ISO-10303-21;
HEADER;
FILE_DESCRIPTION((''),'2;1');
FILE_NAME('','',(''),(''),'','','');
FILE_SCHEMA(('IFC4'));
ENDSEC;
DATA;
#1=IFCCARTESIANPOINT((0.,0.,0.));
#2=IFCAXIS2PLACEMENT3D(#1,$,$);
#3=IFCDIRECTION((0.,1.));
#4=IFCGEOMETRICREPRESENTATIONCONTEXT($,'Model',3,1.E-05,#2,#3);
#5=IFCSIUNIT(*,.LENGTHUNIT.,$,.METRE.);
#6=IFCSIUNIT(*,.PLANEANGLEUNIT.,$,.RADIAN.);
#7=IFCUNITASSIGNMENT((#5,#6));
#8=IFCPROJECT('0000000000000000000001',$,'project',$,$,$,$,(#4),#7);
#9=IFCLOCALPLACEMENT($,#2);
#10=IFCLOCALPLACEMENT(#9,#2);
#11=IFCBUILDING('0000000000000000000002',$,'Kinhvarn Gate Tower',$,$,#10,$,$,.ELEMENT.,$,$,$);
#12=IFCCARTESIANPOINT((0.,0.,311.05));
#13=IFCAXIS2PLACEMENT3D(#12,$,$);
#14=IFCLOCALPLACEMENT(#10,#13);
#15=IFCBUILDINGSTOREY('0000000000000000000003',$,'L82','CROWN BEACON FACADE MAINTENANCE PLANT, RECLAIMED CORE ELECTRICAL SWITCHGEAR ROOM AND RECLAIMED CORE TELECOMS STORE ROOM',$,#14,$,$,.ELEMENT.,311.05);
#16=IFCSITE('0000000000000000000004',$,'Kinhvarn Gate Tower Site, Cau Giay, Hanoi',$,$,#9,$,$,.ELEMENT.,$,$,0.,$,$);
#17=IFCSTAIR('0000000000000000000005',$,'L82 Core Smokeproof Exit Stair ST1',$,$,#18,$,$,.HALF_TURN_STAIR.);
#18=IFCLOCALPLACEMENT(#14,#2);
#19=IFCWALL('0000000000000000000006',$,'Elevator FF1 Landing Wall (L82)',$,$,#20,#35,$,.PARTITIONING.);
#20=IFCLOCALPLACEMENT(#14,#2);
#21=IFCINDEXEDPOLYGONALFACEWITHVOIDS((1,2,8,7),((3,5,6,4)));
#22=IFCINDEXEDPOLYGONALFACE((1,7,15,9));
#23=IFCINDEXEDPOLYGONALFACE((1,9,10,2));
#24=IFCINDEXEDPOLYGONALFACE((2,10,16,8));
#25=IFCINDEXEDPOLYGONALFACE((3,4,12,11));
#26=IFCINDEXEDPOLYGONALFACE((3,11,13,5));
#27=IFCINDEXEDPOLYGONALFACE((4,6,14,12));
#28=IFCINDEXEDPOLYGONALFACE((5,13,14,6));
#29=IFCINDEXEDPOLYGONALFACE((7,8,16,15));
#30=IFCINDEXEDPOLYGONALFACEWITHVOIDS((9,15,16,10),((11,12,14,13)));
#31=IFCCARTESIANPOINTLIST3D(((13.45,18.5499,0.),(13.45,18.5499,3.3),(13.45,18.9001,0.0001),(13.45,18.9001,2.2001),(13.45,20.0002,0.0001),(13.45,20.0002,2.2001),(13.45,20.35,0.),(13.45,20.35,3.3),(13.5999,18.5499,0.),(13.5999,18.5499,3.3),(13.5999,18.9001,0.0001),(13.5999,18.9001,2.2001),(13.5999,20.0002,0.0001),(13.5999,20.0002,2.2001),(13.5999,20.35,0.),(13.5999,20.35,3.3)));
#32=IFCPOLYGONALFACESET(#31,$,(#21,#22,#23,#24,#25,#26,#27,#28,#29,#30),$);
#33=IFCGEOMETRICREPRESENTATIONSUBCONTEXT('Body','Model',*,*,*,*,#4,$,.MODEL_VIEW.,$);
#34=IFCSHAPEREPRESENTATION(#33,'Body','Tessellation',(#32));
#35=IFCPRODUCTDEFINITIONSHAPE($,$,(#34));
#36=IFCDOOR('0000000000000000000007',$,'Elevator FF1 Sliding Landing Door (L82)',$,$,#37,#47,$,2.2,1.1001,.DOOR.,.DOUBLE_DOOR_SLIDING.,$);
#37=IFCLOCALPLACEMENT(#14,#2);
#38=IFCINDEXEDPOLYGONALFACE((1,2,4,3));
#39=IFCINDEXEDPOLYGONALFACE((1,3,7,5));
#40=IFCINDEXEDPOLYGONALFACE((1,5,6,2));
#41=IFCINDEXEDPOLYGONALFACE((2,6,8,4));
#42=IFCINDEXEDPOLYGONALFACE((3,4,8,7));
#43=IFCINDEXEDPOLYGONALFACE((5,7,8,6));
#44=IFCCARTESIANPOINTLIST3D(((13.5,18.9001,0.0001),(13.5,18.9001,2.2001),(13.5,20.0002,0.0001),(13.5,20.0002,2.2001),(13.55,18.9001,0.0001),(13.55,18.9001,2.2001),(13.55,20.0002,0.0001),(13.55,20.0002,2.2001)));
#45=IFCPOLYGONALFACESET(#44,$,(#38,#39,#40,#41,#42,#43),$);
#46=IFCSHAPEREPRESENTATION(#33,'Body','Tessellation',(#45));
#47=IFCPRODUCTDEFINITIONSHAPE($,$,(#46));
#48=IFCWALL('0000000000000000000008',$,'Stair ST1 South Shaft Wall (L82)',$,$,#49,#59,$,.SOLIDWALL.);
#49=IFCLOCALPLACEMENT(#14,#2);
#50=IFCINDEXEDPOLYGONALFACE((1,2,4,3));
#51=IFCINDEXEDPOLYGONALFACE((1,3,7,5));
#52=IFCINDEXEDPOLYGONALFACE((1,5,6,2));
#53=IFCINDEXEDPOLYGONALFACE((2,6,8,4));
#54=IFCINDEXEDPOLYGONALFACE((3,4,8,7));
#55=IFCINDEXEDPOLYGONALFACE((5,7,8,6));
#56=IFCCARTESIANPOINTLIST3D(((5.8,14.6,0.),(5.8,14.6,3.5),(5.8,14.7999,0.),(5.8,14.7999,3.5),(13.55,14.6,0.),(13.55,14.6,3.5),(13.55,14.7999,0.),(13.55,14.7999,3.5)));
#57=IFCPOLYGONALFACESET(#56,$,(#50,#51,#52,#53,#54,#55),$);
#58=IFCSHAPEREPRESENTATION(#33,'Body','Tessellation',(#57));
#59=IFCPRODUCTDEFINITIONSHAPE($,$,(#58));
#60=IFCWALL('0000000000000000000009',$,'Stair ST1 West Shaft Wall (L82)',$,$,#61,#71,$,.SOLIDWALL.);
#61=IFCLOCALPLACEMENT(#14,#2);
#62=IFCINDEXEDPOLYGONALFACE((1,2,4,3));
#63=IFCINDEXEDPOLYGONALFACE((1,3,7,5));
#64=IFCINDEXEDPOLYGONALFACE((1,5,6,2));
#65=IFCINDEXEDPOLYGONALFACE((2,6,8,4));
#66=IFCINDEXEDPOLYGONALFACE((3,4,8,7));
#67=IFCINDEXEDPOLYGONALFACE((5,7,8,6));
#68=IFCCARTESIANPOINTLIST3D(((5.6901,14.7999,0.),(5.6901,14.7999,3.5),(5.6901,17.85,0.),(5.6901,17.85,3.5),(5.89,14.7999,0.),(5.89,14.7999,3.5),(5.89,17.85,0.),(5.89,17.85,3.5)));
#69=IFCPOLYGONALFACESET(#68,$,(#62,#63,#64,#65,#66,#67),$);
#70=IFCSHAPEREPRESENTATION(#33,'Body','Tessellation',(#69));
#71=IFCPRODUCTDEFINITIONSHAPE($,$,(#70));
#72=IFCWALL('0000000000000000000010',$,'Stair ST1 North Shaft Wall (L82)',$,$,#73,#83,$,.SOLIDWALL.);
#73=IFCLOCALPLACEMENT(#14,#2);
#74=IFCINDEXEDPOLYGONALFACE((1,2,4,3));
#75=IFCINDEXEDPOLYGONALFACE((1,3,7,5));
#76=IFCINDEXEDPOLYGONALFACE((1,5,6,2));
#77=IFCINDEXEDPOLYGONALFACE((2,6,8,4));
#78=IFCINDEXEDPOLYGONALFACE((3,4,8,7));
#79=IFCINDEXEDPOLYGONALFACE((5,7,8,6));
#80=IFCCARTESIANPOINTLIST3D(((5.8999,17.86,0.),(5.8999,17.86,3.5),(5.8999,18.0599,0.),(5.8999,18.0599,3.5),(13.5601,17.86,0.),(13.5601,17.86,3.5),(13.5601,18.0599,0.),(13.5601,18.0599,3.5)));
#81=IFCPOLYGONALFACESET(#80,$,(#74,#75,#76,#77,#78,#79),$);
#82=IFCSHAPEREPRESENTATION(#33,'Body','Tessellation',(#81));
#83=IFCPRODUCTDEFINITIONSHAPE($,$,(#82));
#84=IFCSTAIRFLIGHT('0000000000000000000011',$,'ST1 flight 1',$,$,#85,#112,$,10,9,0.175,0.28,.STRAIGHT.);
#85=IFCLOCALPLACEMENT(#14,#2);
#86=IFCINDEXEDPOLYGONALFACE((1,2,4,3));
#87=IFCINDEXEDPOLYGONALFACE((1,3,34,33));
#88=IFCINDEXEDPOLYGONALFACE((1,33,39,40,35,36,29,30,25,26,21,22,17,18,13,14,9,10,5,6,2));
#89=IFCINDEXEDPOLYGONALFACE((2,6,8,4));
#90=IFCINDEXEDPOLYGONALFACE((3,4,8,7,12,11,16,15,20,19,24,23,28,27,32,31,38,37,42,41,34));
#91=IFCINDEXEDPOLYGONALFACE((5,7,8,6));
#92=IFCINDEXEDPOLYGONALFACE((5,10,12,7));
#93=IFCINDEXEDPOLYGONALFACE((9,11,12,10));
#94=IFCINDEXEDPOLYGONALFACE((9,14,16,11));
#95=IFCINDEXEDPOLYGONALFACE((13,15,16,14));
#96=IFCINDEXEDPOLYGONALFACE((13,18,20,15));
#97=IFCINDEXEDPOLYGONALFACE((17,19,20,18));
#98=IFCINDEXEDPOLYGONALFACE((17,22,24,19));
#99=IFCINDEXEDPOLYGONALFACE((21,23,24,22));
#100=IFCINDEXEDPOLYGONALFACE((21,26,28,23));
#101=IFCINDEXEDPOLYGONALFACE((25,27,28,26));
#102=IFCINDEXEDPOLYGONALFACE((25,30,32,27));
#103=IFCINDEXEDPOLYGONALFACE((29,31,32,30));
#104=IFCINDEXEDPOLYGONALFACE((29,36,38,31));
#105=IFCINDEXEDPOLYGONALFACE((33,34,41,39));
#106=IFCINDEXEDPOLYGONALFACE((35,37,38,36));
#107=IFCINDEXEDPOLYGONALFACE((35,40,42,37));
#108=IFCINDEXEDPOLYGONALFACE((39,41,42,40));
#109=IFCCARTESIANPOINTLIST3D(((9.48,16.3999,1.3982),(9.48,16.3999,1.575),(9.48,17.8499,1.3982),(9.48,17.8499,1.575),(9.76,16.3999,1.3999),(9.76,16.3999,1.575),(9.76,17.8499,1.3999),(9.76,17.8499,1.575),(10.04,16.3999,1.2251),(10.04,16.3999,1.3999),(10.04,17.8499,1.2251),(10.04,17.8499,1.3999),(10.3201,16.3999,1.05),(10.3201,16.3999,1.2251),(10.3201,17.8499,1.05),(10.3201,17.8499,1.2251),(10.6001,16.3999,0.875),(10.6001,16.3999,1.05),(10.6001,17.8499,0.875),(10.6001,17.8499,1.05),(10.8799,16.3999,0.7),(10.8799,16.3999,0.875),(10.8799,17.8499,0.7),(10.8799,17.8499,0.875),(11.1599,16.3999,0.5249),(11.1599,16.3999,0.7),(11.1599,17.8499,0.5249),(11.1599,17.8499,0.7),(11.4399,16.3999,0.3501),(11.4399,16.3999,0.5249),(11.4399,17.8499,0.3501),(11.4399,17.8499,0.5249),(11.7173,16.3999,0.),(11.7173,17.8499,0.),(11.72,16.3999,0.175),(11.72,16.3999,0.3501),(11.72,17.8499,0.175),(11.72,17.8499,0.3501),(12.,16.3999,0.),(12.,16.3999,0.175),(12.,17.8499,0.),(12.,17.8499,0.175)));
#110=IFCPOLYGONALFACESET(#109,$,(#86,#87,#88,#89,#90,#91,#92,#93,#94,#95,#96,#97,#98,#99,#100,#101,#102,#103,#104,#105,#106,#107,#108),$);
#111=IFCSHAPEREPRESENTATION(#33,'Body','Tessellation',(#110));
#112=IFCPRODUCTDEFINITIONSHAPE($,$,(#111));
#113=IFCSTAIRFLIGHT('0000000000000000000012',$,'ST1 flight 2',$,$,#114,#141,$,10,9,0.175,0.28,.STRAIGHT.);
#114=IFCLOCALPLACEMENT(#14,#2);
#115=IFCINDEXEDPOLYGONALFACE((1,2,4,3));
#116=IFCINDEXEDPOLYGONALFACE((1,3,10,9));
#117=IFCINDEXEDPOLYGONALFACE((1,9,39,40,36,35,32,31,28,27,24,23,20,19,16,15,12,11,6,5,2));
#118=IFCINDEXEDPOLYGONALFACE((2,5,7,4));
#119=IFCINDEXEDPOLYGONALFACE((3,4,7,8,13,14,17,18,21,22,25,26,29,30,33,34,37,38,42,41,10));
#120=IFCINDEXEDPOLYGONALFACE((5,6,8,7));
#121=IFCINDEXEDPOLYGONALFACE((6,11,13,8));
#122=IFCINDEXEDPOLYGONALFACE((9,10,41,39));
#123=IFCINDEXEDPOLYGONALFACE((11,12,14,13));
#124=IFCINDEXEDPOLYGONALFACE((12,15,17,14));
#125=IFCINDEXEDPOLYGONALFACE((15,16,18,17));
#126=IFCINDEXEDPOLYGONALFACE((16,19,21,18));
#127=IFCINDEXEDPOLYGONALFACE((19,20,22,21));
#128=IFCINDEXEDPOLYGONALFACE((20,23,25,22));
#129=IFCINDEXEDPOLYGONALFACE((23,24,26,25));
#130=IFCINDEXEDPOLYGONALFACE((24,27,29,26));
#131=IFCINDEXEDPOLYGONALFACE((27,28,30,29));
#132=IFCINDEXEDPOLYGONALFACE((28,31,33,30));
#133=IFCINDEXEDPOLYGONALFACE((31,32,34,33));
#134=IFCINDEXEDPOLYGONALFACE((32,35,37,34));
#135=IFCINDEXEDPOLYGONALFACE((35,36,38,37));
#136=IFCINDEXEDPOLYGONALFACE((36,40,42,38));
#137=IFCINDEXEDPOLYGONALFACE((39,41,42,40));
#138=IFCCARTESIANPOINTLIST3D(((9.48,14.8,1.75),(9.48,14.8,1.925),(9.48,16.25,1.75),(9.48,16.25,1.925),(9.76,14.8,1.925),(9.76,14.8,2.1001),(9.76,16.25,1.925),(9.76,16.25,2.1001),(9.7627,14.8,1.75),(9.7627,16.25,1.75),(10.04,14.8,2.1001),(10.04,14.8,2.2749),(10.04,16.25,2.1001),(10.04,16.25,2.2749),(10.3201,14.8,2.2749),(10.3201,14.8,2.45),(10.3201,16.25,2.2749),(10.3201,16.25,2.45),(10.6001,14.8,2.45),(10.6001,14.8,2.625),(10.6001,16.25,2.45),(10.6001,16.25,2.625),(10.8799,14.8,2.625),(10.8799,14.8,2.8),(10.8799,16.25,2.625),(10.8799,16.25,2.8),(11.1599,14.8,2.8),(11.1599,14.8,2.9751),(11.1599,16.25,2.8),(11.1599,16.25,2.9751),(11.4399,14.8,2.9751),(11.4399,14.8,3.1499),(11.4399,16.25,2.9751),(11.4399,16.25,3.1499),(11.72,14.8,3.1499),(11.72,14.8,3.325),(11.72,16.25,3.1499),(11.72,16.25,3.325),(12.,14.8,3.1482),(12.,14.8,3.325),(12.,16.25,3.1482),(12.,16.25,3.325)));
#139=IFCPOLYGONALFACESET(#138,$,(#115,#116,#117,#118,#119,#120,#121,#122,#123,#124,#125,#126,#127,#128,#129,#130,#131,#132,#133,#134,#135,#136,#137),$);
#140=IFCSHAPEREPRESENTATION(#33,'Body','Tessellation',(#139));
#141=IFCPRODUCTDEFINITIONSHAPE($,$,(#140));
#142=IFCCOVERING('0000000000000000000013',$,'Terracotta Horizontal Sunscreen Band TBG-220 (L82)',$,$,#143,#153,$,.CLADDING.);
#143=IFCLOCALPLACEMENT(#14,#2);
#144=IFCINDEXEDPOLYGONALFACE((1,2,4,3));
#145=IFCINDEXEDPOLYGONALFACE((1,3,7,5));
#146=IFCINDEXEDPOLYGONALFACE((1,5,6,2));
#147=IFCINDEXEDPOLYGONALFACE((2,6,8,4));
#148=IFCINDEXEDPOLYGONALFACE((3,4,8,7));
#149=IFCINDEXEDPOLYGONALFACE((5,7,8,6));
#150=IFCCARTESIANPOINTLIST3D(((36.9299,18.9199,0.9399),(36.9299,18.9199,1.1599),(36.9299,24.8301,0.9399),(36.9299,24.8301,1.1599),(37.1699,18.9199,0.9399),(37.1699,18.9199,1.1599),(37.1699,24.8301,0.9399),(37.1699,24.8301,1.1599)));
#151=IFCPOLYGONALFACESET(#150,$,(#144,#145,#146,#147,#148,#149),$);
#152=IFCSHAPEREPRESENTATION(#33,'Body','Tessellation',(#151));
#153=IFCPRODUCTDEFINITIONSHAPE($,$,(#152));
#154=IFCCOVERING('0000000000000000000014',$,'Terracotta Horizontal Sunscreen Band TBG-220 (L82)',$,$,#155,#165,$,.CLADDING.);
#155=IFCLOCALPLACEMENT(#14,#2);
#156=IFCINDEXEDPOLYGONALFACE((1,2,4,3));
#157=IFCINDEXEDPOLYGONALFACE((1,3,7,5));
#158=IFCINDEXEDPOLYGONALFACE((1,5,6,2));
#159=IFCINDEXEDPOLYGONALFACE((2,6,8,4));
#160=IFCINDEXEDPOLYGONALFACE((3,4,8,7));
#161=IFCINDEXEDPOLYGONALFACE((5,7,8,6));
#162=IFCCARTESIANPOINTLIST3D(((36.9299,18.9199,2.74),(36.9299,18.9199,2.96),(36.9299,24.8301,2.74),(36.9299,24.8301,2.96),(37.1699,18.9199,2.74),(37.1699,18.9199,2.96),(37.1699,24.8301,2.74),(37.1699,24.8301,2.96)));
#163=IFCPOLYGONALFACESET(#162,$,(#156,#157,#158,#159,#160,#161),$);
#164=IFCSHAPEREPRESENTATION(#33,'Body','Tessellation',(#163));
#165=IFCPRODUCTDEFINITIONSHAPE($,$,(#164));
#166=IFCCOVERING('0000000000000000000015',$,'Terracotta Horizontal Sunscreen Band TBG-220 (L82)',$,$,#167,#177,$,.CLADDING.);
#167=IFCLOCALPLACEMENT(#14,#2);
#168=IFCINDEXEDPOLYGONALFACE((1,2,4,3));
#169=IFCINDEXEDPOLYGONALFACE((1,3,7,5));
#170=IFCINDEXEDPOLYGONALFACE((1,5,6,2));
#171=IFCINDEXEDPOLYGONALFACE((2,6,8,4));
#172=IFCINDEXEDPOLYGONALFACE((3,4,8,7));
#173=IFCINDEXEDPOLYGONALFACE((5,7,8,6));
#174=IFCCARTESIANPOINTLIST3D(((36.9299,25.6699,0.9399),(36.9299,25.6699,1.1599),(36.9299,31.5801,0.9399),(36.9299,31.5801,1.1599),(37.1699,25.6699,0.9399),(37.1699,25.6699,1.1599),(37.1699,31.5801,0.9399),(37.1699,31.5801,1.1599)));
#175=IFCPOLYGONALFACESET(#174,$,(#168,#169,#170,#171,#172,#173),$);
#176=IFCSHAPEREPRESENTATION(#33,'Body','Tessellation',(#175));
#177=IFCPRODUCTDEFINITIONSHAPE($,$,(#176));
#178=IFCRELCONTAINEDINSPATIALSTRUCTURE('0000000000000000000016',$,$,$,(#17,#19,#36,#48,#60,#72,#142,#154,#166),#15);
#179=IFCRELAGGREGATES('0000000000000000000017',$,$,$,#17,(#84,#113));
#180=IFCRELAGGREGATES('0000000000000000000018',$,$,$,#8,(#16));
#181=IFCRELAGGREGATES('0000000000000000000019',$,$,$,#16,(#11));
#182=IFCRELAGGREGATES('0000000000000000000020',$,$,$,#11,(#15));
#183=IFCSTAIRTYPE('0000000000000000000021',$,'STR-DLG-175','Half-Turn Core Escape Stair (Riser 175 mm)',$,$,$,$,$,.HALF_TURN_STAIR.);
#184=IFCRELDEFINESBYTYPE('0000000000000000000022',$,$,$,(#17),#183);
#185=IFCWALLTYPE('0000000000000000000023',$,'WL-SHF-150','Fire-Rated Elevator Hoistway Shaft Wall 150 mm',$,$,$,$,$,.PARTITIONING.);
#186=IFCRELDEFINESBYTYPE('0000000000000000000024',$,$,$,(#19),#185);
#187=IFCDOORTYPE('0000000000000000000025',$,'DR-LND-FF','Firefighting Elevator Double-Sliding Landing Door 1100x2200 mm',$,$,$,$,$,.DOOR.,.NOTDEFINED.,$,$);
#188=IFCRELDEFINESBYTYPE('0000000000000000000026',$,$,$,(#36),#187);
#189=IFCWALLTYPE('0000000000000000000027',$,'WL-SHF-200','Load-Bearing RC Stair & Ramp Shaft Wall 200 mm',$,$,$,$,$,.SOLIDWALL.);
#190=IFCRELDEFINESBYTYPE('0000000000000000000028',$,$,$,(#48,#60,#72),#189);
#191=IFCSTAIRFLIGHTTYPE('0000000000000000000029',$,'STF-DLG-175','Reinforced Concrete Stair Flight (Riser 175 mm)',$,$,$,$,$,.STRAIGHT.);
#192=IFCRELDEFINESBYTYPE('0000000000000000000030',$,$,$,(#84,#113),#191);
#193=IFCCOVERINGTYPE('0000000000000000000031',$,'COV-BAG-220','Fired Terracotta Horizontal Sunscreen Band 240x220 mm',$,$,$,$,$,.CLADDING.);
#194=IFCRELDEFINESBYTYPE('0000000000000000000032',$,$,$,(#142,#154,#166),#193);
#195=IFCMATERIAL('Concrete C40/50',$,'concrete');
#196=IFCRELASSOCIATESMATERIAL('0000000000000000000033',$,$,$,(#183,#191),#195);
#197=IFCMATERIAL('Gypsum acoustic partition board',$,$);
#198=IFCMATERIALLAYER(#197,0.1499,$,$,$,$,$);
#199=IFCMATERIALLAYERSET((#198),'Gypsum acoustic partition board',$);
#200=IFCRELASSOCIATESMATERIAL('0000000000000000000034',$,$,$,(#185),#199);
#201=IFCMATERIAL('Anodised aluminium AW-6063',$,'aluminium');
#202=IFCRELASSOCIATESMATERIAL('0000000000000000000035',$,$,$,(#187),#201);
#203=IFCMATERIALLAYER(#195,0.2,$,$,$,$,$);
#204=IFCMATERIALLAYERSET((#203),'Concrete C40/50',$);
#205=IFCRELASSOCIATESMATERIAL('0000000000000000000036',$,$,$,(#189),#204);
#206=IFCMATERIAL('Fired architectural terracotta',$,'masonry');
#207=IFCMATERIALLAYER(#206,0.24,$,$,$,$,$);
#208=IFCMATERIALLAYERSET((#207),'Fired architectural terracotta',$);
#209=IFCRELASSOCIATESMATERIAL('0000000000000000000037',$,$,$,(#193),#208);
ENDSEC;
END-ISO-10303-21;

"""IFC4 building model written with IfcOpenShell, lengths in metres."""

from ifc_helpers import new_model, si_unit, direction, frame, frame_2d, origin, place, context, subcontext, project, spatial, polyline, rectangle, outline, extrude, material, layer, layer_set, type_object, element, fill, aggregate, save


model = new_model("IFC4")

# Units and contexts
model_context = context("Model", 3, precision=1e-05, world=origin(), true_north=direction((0.0, 1.0)))
body_context = subcontext(model_context, "Body", "Model", "MODEL_VIEW")
ifc_project = project(units=[si_unit("LENGTHUNIT", "METRE"), si_unit("PLANEANGLEUNIT", "RADIAN")], contexts=[model_context])

# Site, building, storey
site_placement = place(None, origin())
site = spatial("IfcSite", under=ifc_project, at=site_placement, Name="Kinhvarn Gate Tower Site, Cau Giay, Hanoi", CompositionType="ELEMENT", RefElevation=0.0)
building_placement = place(site_placement, origin())
building = spatial("IfcBuilding", under=site, at=building_placement, Name="Kinhvarn Gate Tower", CompositionType="ELEMENT")
storey_placement = place(building_placement, frame((0.0, 0.0, 311.05)))
storey = spatial("IfcBuildingStorey", under=building, at=storey_placement, Name="L82", Description="CROWN BEACON FACADE MAINTENANCE PLANT, RECLAIMED CORE ELECTRICAL SWITCHGEAR ROOM AND RECLAIMED CORE TELECOMS STORE ROOM", CompositionType="ELEMENT", Elevation=311.05)

# Stair
ifc_material_1 = material(Name="Concrete C40/50", Category="concrete")
stair_type = type_object("IfcStairType", Name="STR-DLG-175", Description="Half-Turn Core Escape Stair (Riser 175 mm)", PredefinedType="HALF_TURN_STAIR", material=ifc_material_1)
stair_1_placement = place(storey_placement, origin())
stair_1 = element("IfcStair", 1, at=stair_1_placement, inside=storey, type_object=stair_type, Name="L82 Core Smokeproof Exit Stair ST1", PredefinedType="HALF_TURN_STAIR")

# Shared definitions
ifc_material_2 = material(Name="Fired architectural terracotta", Category="masonry")
ifc_material_3 = material(Name="Gypsum acoustic partition board")
ifc_layer_1 = layer(ifc_material_3, 0.1499)
ifc_layer_set_1 = layer_set([ifc_layer_1], Name="Gypsum acoustic partition board")
wall_type_1 = type_object("IfcWallType", Name="WL-SHF-150", Description="Fire-Rated Elevator Hoistway Shaft Wall 150 mm", PredefinedType="PARTITIONING", material=ifc_layer_set_1)

# Wall, opening, door
wall_1_placement = place(storey_placement, frame((13.5249, 18.55, 0.0), z_axis=(0.0, 0.0, 1.0), x_axis=(0.0, 1.0, 0.0)))
wall_1 = element("IfcWall", 2, at=wall_1_placement, inside=storey, type_object=wall_type_1, Name="Elevator FF1 Landing Wall (L82)", PredefinedType="PARTITIONING", context=body_context, shape_type="SweptSolid", body=[
    extrude(rectangle(XDim=1.8, YDim=0.1499, at=frame_2d((0.8999, 0.0))), origin(), (0.0, 0.0, 1.0), 3.3),
])
opening_1_placement = place(wall_1_placement, frame((0.3501, 0.0, 0.0)))
opening_1 = element("IfcOpeningElement", 3, at=opening_1_placement, cuts=wall_1, PredefinedType="OPENING", context=body_context, shape_type="SweptSolid", body=[
    extrude(rectangle(XDim=1.1001, YDim=2.2, at=frame_2d((0.55, 1.1001))), frame((0.0, 0.085, 0.0), z_axis=(0.0, -1.0, 0.0), x_axis=(1.0, 0.0, 0.0)), (0.0, 0.0, 1.0), 0.1699),
])
ifc_material_4 = material(Name="Anodised aluminium AW-6063", Category="aluminium")
door_type_1 = type_object("IfcDoorType", Name="DR-LND-FF", Description="Firefighting Elevator Double-Sliding Landing Door 1100x2200 mm", OperationType="NOTDEFINED", PredefinedType="DOOR", material=ifc_material_4)
door_1_placement = place(opening_1_placement, origin())
door_1 = element("IfcDoor", 4, at=door_1_placement, inside=storey, type_object=door_type_1, Name="Elevator FF1 Sliding Landing Door (L82)", OperationType="DOUBLE_DOOR_SLIDING", OverallHeight=2.2, OverallWidth=1.1001, PredefinedType="DOOR", context=body_context, shape_type="SweptSolid", body=[
    extrude(rectangle(XDim=1.1001, YDim=2.2, at=frame_2d((0.55, 1.1001))), frame((0.0, 0.0249, 0.0), z_axis=(0.0, -1.0, 0.0), x_axis=(1.0, 0.0, 0.0)), (0.0, 0.0, 1.0), 0.05),
])
fill(opening_1, door_1)

# Walls
ifc_layer_2 = layer(ifc_material_1, 0.2)
ifc_layer_set_2 = layer_set([ifc_layer_2], Name="Concrete C40/50")
wall_type_2 = type_object("IfcWallType", Name="WL-SHF-200", Description="Load-Bearing RC Stair & Ramp Shaft Wall 200 mm", PredefinedType="SOLIDWALL", material=ifc_layer_set_2)
wall_2_placement = place(storey_placement, frame((5.8, 14.7, 0.0), z_axis=(0.0, 0.0, 1.0), x_axis=(1.0, 0.0, 0.0)))
element("IfcWall", 5, at=wall_2_placement, inside=storey, type_object=wall_type_2, Name="Stair ST1 South Shaft Wall (L82)", PredefinedType="SOLIDWALL", context=body_context, shape_type="SweptSolid", body=[
    extrude(rectangle(XDim=7.75, YDim=0.2, at=frame_2d((3.875, 0.0))), origin(), (0.0, 0.0, 1.0), 3.5),
])
wall_3_placement = place(storey_placement, frame((5.79, 14.8, 0.0), z_axis=(0.0, 0.0, 1.0), x_axis=(0.0, 1.0, 0.0)))
element("IfcWall", 6, at=wall_3_placement, inside=storey, type_object=wall_type_2, Name="Stair ST1 West Shaft Wall (L82)", PredefinedType="SOLIDWALL", context=body_context, shape_type="SweptSolid", body=[
    extrude(rectangle(XDim=3.05, YDim=0.2, at=frame_2d((1.5249, 0.0))), origin(), (0.0, 0.0, 1.0), 3.5),
])
wall_4_placement = place(storey_placement, frame((5.8999, 17.96, 0.0), z_axis=(0.0, 0.0, 1.0), x_axis=(1.0, 0.0, 0.0)))
element("IfcWall", 7, at=wall_4_placement, inside=storey, type_object=wall_type_2, Name="Stair ST1 North Shaft Wall (L82)", PredefinedType="SOLIDWALL", context=body_context, shape_type="SweptSolid", body=[
    extrude(rectangle(XDim=7.6602, YDim=0.2, at=frame_2d((3.8301, 0.0))), origin(), (0.0, 0.0, 1.0), 3.5),
])

# Stair flights
stair_flight_type = type_object("IfcStairFlightType", Name="STF-DLG-175", Description="Reinforced Concrete Stair Flight (Riser 175 mm)", PredefinedType="STRAIGHT", material=ifc_material_1)
stair_flight_1_placement = place(storey_placement, frame((12.0, 17.125, 0.0), z_axis=(0.0, 0.0, 1.0), x_axis=(-1.0, 0.0, 0.0)))
stair_flight_1 = element("IfcStairFlight", 8, at=stair_flight_1_placement, type_object=stair_flight_type, Name="ST1 flight 1", NumberOfRisers=10, NumberOfTreads=9, PredefinedType="STRAIGHT", RiserHeight=0.175, TreadLength=0.28, context=body_context, shape_type="SweptSolid", body=[
    extrude(outline(polyline([(0.0, 0.0), (0.0, 0.175), (0.28, 0.175), (0.28, 0.3501), (0.5601, 0.3501), (0.5601, 0.5249), (0.8401, 0.5249), (0.8401, 0.7), (1.1201, 0.7), (1.1201, 0.875), (1.3999, 0.875), (1.3999, 1.05), (1.6799, 1.05), (1.6799, 1.2251), (1.96, 1.2251), (1.96, 1.3999), (2.24, 1.3999), (2.24, 1.575), (2.52, 1.575), (2.52, 1.75), (2.52, 1.3982), (0.2827, 0.0), (0.0, 0.0)])), frame((0.0, 0.7251, 0.0), z_axis=(0.0, -1.0, 0.0), x_axis=(1.0, 0.0, 0.0)), (0.0, 0.0, 1.0), 1.45),
])
stair_flight_2_placement = place(storey_placement, frame((9.48, 15.5249, 1.75), z_axis=(0.0, 0.0, 1.0), x_axis=(1.0, 0.0, 0.0)))
stair_flight_2 = element("IfcStairFlight", 9, at=stair_flight_2_placement, type_object=stair_flight_type, Name="ST1 flight 2", NumberOfRisers=10, NumberOfTreads=9, PredefinedType="STRAIGHT", RiserHeight=0.175, TreadLength=0.28, context=body_context, shape_type="SweptSolid", body=[
    extrude(outline(polyline([(0.0, 0.0), (0.0, 0.175), (0.28, 0.175), (0.28, 0.3501), (0.5601, 0.3501), (0.5601, 0.5249), (0.8401, 0.5249), (0.8401, 0.7), (1.1201, 0.7), (1.1201, 0.875), (1.3999, 0.875), (1.3999, 1.05), (1.6799, 1.05), (1.6799, 1.2251), (1.96, 1.2251), (1.96, 1.3999), (2.24, 1.3999), (2.24, 1.575), (2.52, 1.575), (2.52, 1.75), (2.52, 1.3982), (0.2827, 0.0), (0.0, 0.0)])), frame((0.0, 0.7251, 0.0), z_axis=(0.0, -1.0, 0.0), x_axis=(1.0, 0.0, 0.0)), (0.0, 0.0, 1.0), 1.45),
])
aggregate(stair_1, [stair_flight_1, stair_flight_2])

# Coverings
ifc_layer_3 = layer(ifc_material_2, 0.24)
ifc_layer_set_3 = layer_set([ifc_layer_3], Name="Fired architectural terracotta")
covering_type_1 = type_object("IfcCoveringType", Name="COV-BAG-220", Description="Fired Terracotta Horizontal Sunscreen Band 240x220 mm", PredefinedType="CLADDING", material=ifc_layer_set_3)
for number, where, name in (
    (10, (0.0, 0.0, 0.9399), "Terracotta Horizontal Sunscreen Band TBG-220 (L82)"),
    (11, (0.0, 0.0, 2.74), "Terracotta Horizontal Sunscreen Band TBG-220 (L82)"),
):
    element("IfcCovering", number, at=place(storey_placement, frame(where)), inside=storey, type_object=covering_type_1, Name=name, PredefinedType="CLADDING", context=body_context, shape_type="SweptSolid", body=[
        extrude(outline(polyline([(36.9299, 18.9199), (36.9299, 24.8301), (37.1699, 24.8301), (37.1699, 18.9199), (36.9299, 18.9199)])), origin(), (0.0, 0.0, 1.0), 0.22),
    ])
for number, where, name in (
    (12, (0.0, 0.0, 0.9399), "Terracotta Horizontal Sunscreen Band TBG-220 (L82)"),
):
    element("IfcCovering", number, at=place(storey_placement, frame(where)), inside=storey, type_object=covering_type_1, Name=name, PredefinedType="CLADDING", context=body_context, shape_type="SweptSolid", body=[
        extrude(outline(polyline([(36.9299, 25.6699), (36.9299, 31.5801), (37.1699, 31.5801), (37.1699, 25.6699), (36.9299, 25.6699)])), origin(), (0.0, 0.0, 1.0), 0.22),
    ])

save(model, "model.ifc")
